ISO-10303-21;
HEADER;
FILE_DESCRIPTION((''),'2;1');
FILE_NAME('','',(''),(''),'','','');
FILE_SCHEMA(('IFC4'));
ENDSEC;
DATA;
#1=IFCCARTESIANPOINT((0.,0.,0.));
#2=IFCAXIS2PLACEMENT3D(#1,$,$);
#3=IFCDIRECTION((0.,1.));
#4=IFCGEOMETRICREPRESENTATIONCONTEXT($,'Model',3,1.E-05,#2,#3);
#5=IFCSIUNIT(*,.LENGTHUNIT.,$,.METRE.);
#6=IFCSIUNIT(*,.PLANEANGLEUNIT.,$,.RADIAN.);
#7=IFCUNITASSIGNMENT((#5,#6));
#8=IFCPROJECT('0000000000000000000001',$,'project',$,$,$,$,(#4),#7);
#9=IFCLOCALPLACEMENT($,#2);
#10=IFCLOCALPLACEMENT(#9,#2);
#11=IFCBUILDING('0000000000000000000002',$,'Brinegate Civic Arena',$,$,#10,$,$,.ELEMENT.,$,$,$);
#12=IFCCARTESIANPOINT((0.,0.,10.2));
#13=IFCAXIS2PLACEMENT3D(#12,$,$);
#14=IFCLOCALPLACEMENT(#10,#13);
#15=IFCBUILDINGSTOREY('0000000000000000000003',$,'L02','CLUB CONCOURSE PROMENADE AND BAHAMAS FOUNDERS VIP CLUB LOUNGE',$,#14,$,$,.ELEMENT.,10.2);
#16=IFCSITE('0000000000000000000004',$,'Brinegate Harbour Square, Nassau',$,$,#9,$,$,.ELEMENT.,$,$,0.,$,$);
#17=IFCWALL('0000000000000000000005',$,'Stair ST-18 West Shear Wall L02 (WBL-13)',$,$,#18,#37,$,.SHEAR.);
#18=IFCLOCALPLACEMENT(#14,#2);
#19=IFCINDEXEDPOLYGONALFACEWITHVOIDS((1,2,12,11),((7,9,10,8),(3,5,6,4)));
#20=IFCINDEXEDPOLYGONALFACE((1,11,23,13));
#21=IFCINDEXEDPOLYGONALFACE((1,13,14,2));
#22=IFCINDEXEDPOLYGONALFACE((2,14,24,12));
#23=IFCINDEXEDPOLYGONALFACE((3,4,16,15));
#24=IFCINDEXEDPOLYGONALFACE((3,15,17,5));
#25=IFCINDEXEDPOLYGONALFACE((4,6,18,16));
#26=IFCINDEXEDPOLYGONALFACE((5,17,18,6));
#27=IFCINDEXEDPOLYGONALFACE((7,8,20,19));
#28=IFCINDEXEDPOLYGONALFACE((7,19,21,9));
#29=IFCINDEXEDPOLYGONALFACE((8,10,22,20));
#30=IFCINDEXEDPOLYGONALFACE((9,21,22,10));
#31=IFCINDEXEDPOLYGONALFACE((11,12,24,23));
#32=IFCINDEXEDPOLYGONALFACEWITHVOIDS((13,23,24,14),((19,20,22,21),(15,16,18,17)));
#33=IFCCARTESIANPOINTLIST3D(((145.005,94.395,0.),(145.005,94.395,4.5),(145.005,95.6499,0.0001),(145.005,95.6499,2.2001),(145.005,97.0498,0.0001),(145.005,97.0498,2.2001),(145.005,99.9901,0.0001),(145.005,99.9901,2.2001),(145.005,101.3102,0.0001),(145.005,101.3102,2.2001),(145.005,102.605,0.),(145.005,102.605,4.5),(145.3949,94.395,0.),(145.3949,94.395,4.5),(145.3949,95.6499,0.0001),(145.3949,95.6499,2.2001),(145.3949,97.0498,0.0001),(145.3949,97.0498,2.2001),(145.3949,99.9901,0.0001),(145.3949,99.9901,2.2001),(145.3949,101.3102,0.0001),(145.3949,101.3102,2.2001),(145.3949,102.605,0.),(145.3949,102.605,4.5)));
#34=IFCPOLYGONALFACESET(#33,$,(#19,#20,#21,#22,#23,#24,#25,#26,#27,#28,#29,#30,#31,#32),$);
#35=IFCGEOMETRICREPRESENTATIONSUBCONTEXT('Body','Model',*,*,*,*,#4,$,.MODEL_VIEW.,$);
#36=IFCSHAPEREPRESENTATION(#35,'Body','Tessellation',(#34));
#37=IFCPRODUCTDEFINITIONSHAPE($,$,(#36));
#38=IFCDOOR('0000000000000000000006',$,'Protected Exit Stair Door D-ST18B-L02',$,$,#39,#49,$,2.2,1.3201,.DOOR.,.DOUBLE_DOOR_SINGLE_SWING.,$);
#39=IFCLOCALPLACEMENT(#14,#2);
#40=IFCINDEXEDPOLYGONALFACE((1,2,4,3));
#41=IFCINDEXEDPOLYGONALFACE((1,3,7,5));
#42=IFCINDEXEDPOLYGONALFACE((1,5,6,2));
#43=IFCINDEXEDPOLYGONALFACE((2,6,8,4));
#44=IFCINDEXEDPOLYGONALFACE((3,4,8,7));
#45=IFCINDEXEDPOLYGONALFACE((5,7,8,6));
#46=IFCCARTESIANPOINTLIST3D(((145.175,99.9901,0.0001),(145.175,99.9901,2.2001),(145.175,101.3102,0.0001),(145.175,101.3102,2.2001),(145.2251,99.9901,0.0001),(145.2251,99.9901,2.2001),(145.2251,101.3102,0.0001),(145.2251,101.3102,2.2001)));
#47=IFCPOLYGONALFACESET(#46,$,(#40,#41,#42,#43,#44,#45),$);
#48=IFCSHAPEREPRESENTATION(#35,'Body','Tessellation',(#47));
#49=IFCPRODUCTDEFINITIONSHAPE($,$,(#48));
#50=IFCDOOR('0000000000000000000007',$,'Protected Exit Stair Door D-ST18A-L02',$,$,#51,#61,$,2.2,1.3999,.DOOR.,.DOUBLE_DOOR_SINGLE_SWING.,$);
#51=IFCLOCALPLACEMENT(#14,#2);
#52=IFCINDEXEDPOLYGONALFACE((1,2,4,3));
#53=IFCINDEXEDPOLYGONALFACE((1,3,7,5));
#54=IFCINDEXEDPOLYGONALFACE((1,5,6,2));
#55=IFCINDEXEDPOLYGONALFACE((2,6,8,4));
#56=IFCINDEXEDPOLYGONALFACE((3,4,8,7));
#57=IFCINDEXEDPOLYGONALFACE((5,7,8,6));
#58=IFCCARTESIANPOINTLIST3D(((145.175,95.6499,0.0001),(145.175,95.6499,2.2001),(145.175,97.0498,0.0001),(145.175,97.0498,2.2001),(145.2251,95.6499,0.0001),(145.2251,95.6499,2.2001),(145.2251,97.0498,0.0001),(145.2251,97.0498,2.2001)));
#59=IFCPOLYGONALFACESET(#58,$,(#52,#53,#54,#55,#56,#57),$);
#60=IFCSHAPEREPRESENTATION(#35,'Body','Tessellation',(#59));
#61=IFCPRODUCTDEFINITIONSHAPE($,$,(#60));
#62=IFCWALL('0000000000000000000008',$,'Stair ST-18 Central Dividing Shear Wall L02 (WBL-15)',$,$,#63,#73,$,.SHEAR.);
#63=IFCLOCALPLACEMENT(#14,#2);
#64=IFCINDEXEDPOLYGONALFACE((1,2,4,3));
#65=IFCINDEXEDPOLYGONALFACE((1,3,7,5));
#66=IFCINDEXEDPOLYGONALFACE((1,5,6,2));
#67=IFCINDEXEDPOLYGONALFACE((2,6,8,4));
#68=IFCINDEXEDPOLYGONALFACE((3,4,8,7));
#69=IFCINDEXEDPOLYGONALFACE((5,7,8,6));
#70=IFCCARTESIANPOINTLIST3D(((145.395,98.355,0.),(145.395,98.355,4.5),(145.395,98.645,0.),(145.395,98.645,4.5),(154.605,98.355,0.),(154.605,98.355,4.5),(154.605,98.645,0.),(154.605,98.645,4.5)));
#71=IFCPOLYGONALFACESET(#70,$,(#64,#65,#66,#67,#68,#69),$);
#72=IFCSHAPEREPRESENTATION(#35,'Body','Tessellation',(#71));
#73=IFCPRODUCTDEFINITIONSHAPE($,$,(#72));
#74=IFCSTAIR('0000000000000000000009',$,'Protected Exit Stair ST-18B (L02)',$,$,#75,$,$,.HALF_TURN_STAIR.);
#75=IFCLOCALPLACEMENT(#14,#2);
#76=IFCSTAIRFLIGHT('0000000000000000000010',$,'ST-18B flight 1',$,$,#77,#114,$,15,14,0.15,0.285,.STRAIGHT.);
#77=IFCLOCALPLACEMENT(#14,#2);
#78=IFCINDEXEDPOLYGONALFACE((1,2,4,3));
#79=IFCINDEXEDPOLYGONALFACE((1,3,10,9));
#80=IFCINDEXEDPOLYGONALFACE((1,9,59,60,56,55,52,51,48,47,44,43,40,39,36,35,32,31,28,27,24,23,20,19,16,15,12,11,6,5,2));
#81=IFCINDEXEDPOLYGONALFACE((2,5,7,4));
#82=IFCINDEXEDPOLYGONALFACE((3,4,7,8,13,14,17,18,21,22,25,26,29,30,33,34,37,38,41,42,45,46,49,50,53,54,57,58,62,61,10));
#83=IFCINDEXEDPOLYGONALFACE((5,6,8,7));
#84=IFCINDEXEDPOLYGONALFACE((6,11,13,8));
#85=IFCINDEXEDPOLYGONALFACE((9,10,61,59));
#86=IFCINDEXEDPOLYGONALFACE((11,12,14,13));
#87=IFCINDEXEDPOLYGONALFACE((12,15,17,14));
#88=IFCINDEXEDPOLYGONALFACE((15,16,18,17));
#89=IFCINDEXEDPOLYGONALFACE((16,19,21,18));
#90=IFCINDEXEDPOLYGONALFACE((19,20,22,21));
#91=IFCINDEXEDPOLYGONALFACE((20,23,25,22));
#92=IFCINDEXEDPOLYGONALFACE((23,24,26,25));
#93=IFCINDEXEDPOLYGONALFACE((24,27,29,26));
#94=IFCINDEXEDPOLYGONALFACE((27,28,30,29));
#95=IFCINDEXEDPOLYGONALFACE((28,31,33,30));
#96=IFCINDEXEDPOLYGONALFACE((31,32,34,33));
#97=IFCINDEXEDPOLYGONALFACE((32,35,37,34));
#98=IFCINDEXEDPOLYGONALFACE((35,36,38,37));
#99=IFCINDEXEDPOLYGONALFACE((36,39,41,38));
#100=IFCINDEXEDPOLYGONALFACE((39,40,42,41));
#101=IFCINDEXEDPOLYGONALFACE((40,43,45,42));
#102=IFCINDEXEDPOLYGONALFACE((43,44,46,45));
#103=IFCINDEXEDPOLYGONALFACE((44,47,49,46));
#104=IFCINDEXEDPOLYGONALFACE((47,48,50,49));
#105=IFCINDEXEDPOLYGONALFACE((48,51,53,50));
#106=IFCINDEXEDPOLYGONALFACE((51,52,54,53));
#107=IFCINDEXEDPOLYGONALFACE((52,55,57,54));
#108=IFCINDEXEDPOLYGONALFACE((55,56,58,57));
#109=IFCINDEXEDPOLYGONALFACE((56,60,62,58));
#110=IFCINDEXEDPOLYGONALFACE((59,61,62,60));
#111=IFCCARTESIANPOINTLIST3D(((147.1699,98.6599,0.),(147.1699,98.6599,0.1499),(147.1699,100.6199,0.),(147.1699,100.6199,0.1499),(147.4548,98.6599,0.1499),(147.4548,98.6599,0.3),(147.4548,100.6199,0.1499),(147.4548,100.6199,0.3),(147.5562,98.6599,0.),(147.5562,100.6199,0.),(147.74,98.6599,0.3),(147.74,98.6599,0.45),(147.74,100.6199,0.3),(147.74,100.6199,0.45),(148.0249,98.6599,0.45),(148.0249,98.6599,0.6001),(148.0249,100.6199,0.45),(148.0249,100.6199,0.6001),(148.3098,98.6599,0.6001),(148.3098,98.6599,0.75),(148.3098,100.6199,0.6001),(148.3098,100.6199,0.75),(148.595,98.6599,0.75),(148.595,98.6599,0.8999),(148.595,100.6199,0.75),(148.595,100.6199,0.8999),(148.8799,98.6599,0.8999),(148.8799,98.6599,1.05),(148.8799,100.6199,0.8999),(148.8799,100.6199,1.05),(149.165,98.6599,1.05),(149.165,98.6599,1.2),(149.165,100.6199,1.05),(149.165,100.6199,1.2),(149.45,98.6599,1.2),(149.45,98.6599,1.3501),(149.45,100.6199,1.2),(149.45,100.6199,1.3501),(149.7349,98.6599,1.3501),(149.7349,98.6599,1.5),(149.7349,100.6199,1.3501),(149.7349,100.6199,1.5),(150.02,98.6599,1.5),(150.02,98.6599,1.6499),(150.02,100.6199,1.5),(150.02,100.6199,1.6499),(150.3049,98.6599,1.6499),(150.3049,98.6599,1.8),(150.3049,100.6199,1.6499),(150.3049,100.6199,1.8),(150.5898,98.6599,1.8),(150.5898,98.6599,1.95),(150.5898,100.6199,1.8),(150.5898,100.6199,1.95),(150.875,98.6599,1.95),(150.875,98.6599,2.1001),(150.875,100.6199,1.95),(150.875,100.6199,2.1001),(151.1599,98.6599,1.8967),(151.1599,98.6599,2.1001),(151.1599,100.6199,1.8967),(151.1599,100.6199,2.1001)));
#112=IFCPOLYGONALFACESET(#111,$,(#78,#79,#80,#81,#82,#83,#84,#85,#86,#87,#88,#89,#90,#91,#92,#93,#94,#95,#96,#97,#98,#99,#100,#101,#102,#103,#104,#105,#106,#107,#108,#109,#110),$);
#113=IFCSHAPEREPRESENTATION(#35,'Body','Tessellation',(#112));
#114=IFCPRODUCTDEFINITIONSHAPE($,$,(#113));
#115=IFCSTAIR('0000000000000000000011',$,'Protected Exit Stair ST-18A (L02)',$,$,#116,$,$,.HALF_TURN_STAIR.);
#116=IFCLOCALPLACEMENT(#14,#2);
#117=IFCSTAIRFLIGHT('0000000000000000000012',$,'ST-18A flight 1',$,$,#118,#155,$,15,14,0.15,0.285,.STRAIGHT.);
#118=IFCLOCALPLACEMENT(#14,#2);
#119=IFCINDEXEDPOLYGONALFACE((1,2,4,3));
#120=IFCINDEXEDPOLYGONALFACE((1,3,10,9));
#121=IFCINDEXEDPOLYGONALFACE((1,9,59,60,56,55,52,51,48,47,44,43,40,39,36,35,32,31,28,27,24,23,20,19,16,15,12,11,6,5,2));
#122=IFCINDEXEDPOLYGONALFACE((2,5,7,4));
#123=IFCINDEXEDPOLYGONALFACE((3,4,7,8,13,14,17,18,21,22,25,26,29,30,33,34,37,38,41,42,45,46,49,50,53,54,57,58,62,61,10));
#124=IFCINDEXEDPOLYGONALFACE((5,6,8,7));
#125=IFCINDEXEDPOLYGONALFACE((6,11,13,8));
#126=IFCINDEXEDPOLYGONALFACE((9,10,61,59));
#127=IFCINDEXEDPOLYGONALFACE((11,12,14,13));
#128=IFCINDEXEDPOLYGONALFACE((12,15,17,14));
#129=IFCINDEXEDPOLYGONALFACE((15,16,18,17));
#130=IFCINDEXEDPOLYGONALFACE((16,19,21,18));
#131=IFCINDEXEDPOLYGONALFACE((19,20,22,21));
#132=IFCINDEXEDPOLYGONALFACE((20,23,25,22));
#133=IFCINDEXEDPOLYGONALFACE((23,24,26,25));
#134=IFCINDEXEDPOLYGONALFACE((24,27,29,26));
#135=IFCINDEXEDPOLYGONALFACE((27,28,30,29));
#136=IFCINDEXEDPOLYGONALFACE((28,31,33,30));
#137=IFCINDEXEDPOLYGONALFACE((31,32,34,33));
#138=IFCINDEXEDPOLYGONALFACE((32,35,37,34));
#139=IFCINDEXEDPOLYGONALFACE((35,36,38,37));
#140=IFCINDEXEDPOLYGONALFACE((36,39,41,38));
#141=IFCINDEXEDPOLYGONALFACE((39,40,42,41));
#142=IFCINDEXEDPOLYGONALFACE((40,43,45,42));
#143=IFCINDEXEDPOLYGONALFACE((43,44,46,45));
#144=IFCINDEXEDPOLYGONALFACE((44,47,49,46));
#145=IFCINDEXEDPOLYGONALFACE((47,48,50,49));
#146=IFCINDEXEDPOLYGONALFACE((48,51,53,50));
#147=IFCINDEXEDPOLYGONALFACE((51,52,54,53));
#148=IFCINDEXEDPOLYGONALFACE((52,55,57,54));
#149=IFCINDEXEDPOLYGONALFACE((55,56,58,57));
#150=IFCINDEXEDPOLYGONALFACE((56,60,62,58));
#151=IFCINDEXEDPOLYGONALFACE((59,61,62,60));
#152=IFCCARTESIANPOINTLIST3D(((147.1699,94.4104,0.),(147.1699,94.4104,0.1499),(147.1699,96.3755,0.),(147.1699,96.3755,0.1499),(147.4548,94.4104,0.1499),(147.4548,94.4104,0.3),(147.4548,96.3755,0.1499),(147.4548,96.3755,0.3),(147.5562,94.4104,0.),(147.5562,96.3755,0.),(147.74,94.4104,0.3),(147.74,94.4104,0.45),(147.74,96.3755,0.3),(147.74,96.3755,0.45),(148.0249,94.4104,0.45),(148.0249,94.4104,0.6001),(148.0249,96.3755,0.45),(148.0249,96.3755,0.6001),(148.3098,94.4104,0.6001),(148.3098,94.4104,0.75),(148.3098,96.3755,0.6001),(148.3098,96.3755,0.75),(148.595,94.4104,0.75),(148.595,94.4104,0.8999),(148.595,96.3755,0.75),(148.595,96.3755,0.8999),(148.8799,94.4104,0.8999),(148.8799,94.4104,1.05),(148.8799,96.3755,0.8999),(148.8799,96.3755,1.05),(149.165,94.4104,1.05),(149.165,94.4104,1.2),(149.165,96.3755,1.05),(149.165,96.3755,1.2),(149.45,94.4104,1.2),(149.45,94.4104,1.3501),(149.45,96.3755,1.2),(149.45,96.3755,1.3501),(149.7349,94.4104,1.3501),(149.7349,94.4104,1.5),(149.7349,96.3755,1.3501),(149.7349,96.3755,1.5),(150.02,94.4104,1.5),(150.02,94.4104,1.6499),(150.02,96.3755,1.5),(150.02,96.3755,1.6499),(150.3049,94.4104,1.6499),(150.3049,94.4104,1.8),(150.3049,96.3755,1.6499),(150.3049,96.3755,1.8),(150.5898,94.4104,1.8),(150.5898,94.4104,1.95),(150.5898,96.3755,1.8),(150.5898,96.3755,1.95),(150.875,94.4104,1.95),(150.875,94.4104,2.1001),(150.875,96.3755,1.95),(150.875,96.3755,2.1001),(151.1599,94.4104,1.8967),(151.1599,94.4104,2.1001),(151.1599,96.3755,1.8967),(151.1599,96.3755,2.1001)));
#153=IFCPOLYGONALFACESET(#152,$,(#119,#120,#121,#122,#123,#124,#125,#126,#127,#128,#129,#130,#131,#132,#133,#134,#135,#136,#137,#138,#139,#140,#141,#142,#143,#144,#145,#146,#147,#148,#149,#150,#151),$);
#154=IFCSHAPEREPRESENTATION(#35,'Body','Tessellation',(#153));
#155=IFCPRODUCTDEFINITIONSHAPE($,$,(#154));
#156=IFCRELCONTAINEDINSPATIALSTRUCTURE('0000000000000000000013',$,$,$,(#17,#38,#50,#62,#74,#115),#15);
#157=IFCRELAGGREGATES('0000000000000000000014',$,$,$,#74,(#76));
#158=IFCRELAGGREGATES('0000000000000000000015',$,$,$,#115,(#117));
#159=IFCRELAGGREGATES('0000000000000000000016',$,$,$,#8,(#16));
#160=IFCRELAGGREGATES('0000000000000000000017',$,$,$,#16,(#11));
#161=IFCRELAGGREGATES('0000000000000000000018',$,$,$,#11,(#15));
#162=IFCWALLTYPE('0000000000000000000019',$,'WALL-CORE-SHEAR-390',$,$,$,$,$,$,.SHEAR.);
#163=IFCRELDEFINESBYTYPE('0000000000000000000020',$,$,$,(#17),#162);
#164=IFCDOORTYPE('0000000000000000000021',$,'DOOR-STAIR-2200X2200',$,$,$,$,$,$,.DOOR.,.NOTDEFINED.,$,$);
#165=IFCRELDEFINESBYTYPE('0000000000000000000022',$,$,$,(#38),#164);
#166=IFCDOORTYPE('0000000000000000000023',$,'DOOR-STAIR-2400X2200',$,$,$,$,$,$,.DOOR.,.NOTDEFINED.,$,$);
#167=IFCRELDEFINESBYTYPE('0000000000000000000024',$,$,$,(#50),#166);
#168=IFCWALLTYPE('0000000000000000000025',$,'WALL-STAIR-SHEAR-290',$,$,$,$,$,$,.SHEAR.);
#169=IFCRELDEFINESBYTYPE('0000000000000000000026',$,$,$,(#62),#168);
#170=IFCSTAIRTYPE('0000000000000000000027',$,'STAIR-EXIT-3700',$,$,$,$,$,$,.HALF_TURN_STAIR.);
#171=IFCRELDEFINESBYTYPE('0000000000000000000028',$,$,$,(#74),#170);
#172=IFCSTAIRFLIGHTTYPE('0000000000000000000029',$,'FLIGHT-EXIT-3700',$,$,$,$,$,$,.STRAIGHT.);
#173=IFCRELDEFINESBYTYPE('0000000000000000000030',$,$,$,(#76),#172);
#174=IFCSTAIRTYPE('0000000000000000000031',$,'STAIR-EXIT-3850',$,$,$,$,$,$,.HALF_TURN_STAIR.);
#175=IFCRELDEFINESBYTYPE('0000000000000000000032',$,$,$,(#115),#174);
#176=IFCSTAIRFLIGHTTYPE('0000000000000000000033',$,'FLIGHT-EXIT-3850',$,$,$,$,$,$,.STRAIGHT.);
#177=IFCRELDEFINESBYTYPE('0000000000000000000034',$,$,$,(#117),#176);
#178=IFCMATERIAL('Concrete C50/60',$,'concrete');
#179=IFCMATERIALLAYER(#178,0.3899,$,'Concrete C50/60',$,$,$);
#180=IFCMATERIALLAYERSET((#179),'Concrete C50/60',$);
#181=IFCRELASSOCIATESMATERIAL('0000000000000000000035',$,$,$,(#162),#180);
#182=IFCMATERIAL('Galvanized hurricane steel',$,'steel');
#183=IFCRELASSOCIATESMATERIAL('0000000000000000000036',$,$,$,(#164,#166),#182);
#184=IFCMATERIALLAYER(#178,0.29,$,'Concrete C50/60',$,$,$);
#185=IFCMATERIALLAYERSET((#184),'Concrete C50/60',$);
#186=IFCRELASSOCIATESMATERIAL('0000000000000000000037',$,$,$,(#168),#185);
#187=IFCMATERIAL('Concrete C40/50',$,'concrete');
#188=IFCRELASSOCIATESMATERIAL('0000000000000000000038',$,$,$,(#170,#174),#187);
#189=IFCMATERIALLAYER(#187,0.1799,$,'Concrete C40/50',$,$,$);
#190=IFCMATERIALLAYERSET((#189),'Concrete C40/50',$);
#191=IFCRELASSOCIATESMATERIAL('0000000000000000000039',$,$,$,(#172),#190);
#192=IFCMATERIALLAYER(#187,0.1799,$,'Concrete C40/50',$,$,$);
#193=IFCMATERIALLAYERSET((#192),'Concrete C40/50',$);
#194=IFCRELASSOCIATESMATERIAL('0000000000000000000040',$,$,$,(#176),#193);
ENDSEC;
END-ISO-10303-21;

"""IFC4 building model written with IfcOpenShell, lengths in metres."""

from ifc_helpers import new_model, si_unit, direction, frame, frame_2d, origin, place, context, subcontext, project, spatial, polyline, rectangle, outline, extrude, material, layer, layer_set, type_object, element, fill, aggregate, save


model = new_model("IFC4")

# Units and contexts
model_context = context("Model", 3, precision=1e-05, world=origin(), true_north=direction((0.0, 1.0)))
body_context = subcontext(model_context, "Body", "Model", "MODEL_VIEW")
ifc_project = project(units=[si_unit("LENGTHUNIT", "METRE"), si_unit("PLANEANGLEUNIT", "RADIAN")], contexts=[model_context])

# Site, building, storey
site_placement = place(None, origin())
site = spatial("IfcSite", under=ifc_project, at=site_placement, Name="Brinegate Harbour Square, Nassau", CompositionType="ELEMENT", RefElevation=0.0)
building_placement = place(site_placement, origin())
building = spatial("IfcBuilding", under=site, at=building_placement, Name="Brinegate Civic Arena", CompositionType="ELEMENT")
storey_placement = place(building_placement, frame((0.0, 0.0, 10.2)))
storey = spatial("IfcBuildingStorey", under=building, at=storey_placement, Name="L02", Description="CLUB CONCOURSE PROMENADE AND BAHAMAS FOUNDERS VIP CLUB LOUNGE", CompositionType="ELEMENT", Elevation=10.2)

# Shared definitions
ifc_material_1 = material(Name="Concrete C50/60", Category="concrete")

# Shared definitions
ifc_layer_1 = layer(ifc_material_1, 0.3899, Name="Concrete C50/60")
ifc_layer_set_1 = layer_set([ifc_layer_1], Name="Concrete C50/60")
wall_type_1 = type_object("IfcWallType", Name="WALL-CORE-SHEAR-390", PredefinedType="SHEAR", material=ifc_layer_set_1)

# Wall, openings, doors
wall_1_placement = place(storey_placement, frame((145.2, 94.395, 0.0), z_axis=(0.0, 0.0, 1.0), x_axis=(0.0, 1.0, 0.0)))
wall_1 = element("IfcWall", 1, at=wall_1_placement, inside=storey, type_object=wall_type_1, Name="Stair ST-18 West Shear Wall L02 (WBL-13)", PredefinedType="SHEAR", context=body_context, shape_type="SweptSolid", body=[
    extrude(rectangle(XDim=8.21, YDim=0.3899, at=frame_2d((4.105, 0.0))), origin(), (0.0, 0.0, 1.0), 4.5),
])
opening_1_placement = place(wall_1_placement, frame((1.2549, 0.0, 0.0)))
opening_1 = element("IfcOpeningElement", 2, at=opening_1_placement, cuts=wall_1, PredefinedType="OPENING", context=body_context, shape_type="SweptSolid", body=[
    extrude(rectangle(XDim=1.3999, YDim=2.2, at=frame_2d((0.7, 1.1001))), frame((0.0, 0.2048, 0.0), z_axis=(0.0, -1.0, 0.0), x_axis=(1.0, 0.0, 0.0)), (0.0, 0.0, 1.0), 0.4099),
])
opening_2_placement = place(wall_1_placement, frame((5.595, 0.0, 0.0)))
opening_2 = element("IfcOpeningElement", 3, at=opening_2_placement, cuts=wall_1, PredefinedType="OPENING", context=body_context, shape_type="SweptSolid", body=[
    extrude(rectangle(XDim=1.3201, YDim=2.2, at=frame_2d((0.6602, 1.1001))), frame((0.0, 0.2048, 0.0), z_axis=(0.0, -1.0, 0.0), x_axis=(1.0, 0.0, 0.0)), (0.0, 0.0, 1.0), 0.4099),
])
ifc_material_2 = material(Name="Galvanized hurricane steel", Category="steel")
door_type_1 = type_object("IfcDoorType", Name="DOOR-STAIR-2200X2200", OperationType="NOTDEFINED", PredefinedType="DOOR", material=ifc_material_2)
door_1_placement = place(opening_2_placement, origin())
door_1 = element("IfcDoor", 4, at=door_1_placement, inside=storey, type_object=door_type_1, Name="Protected Exit Stair Door D-ST18B-L02", OperationType="DOUBLE_DOOR_SINGLE_SWING", OverallHeight=2.2, OverallWidth=1.3201, PredefinedType="DOOR", context=body_context, shape_type="SweptSolid", body=[
    extrude(rectangle(XDim=1.3201, YDim=2.2, at=frame_2d((0.6602, 1.1001))), frame((0.0, 0.0249, 0.0), z_axis=(0.0, -1.0, 0.0), x_axis=(1.0, 0.0, 0.0)), (0.0, 0.0, 1.0), 0.05),
])
fill(opening_2, door_1)
door_type_2 = type_object("IfcDoorType", Name="DOOR-STAIR-2400X2200", OperationType="NOTDEFINED", PredefinedType="DOOR", material=ifc_material_2)
door_2_placement = place(opening_1_placement, origin())
door_2 = element("IfcDoor", 5, at=door_2_placement, inside=storey, type_object=door_type_2, Name="Protected Exit Stair Door D-ST18A-L02", OperationType="DOUBLE_DOOR_SINGLE_SWING", OverallHeight=2.2, OverallWidth=1.3999, PredefinedType="DOOR", context=body_context, shape_type="SweptSolid", body=[
    extrude(rectangle(XDim=1.3999, YDim=2.2, at=frame_2d((0.7, 1.1001))), frame((0.0, 0.0249, 0.0), z_axis=(0.0, -1.0, 0.0), x_axis=(1.0, 0.0, 0.0)), (0.0, 0.0, 1.0), 0.05),
])
fill(opening_1, door_2)

# Wall
ifc_layer_2 = layer(ifc_material_1, 0.29, Name="Concrete C50/60")
ifc_layer_set_2 = layer_set([ifc_layer_2], Name="Concrete C50/60")
wall_type_2 = type_object("IfcWallType", Name="WALL-STAIR-SHEAR-290", PredefinedType="SHEAR", material=ifc_layer_set_2)
wall_2_placement = place(storey_placement, frame((145.395, 98.5, 0.0), z_axis=(0.0, 0.0, 1.0), x_axis=(1.0, 0.0, 0.0)))
element("IfcWall", 6, at=wall_2_placement, inside=storey, type_object=wall_type_2, Name="Stair ST-18 Central Dividing Shear Wall L02 (WBL-15)", PredefinedType="SHEAR", context=body_context, shape_type="SweptSolid", body=[
    extrude(rectangle(XDim=9.21, YDim=0.29, at=frame_2d((4.605, 0.0))), origin(), (0.0, 0.0, 1.0), 4.5),
])

# Stair, stair flight
ifc_material_3 = material(Name="Concrete C40/50", Category="concrete")
stair_type_1 = type_object("IfcStairType", Name="STAIR-EXIT-3700", PredefinedType="HALF_TURN_STAIR", material=ifc_material_3)
stair_1_placement = place(storey_placement, origin())
stair_1 = element("IfcStair", 7, at=stair_1_placement, inside=storey, type_object=stair_type_1, Name="Protected Exit Stair ST-18B (L02)", PredefinedType="HALF_TURN_STAIR")
ifc_layer_3 = layer(ifc_material_3, 0.1799, Name="Concrete C40/50")
ifc_layer_set_3 = layer_set([ifc_layer_3], Name="Concrete C40/50")
stair_flight_type_1 = type_object("IfcStairFlightType", Name="FLIGHT-EXIT-3700", PredefinedType="STRAIGHT", material=ifc_layer_set_3)
stair_flight_1_placement = place(storey_placement, frame((147.1699, 99.6399, 0.0), z_axis=(0.0, 0.0, 1.0), x_axis=(1.0, 0.0, 0.0)))
stair_flight_1 = element("IfcStairFlight", 8, at=stair_flight_1_placement, type_object=stair_flight_type_1, Name="ST-18B flight 1", NumberOfRisers=15, NumberOfTreads=14, PredefinedType="STRAIGHT", RiserHeight=0.15, TreadLength=0.285, context=body_context, shape_type="SweptSolid", body=[
    extrude(outline(polyline([(0.0, 0.0), (0.0, 0.1499), (0.2849, 0.1499), (0.2849, 0.3), (0.5701, 0.3), (0.5701, 0.45), (0.855, 0.45), (0.855, 0.6001), (1.1399, 0.6001), (1.1399, 0.75), (1.425, 0.75), (1.425, 0.8999), (1.71, 0.8999), (1.71, 1.05), (1.9951, 1.05), (1.9951, 1.2), (2.28, 1.2), (2.28, 1.3501), (2.5649, 1.3501), (2.5649, 1.5), (2.8501, 1.5), (2.8501, 1.6499), (3.135, 1.6499), (3.135, 1.8), (3.4199, 1.8), (3.4199, 1.95), (3.7051, 1.95), (3.7051, 2.1001), (3.99, 2.1001), (3.99, 2.25), (3.99, 1.8967), (0.3862, 0.0), (0.0, 0.0)])), frame((0.0, 0.98, 0.0), z_axis=(0.0, -1.0, 0.0), x_axis=(1.0, 0.0, 0.0)), (0.0, 0.0, 1.0), 1.96),
])
aggregate(stair_1, [stair_flight_1])

# Stair, stair flight
stair_type_2 = type_object("IfcStairType", Name="STAIR-EXIT-3850", PredefinedType="HALF_TURN_STAIR", material=ifc_material_3)
stair_2_placement = place(storey_placement, origin())
stair_2 = element("IfcStair", 9, at=stair_2_placement, inside=storey, type_object=stair_type_2, Name="Protected Exit Stair ST-18A (L02)", PredefinedType="HALF_TURN_STAIR")
ifc_layer_4 = layer(ifc_material_3, 0.1799, Name="Concrete C40/50")
ifc_layer_set_4 = layer_set([ifc_layer_4], Name="Concrete C40/50")
stair_flight_type_2 = type_object("IfcStairFlightType", Name="FLIGHT-EXIT-3850", PredefinedType="STRAIGHT", material=ifc_layer_set_4)
stair_flight_2_placement = place(storey_placement, frame((147.1699, 95.3931, 0.0), z_axis=(0.0, 0.0, 1.0), x_axis=(1.0, 0.0, 0.0)))
stair_flight_2 = element("IfcStairFlight", 10, at=stair_flight_2_placement, type_object=stair_flight_type_2, Name="ST-18A flight 1", NumberOfRisers=15, NumberOfTreads=14, PredefinedType="STRAIGHT", RiserHeight=0.15, TreadLength=0.285, context=body_context, shape_type="SweptSolid", body=[
    extrude(outline(polyline([(0.0, 0.0), (0.0, 0.1499), (0.2849, 0.1499), (0.2849, 0.3), (0.5701, 0.3), (0.5701, 0.45), (0.855, 0.45), (0.855, 0.6001), (1.1399, 0.6001), (1.1399, 0.75), (1.425, 0.75), (1.425, 0.8999), (1.71, 0.8999), (1.71, 1.05), (1.9951, 1.05), (1.9951, 1.2), (2.28, 1.2), (2.28, 1.3501), (2.5649, 1.3501), (2.5649, 1.5), (2.8501, 1.5), (2.8501, 1.6499), (3.135, 1.6499), (3.135, 1.8), (3.4199, 1.8), (3.4199, 1.95), (3.7051, 1.95), (3.7051, 2.1001), (3.99, 2.1001), (3.99, 2.25), (3.99, 1.8967), (0.3862, 0.0), (0.0, 0.0)])), frame((0.0, 0.9824, 0.0), z_axis=(0.0, -1.0, 0.0), x_axis=(1.0, 0.0, 0.0)), (0.0, 0.0, 1.0), 1.9651),
])
aggregate(stair_2, [stair_flight_2])

save(model, "model.ifc")
